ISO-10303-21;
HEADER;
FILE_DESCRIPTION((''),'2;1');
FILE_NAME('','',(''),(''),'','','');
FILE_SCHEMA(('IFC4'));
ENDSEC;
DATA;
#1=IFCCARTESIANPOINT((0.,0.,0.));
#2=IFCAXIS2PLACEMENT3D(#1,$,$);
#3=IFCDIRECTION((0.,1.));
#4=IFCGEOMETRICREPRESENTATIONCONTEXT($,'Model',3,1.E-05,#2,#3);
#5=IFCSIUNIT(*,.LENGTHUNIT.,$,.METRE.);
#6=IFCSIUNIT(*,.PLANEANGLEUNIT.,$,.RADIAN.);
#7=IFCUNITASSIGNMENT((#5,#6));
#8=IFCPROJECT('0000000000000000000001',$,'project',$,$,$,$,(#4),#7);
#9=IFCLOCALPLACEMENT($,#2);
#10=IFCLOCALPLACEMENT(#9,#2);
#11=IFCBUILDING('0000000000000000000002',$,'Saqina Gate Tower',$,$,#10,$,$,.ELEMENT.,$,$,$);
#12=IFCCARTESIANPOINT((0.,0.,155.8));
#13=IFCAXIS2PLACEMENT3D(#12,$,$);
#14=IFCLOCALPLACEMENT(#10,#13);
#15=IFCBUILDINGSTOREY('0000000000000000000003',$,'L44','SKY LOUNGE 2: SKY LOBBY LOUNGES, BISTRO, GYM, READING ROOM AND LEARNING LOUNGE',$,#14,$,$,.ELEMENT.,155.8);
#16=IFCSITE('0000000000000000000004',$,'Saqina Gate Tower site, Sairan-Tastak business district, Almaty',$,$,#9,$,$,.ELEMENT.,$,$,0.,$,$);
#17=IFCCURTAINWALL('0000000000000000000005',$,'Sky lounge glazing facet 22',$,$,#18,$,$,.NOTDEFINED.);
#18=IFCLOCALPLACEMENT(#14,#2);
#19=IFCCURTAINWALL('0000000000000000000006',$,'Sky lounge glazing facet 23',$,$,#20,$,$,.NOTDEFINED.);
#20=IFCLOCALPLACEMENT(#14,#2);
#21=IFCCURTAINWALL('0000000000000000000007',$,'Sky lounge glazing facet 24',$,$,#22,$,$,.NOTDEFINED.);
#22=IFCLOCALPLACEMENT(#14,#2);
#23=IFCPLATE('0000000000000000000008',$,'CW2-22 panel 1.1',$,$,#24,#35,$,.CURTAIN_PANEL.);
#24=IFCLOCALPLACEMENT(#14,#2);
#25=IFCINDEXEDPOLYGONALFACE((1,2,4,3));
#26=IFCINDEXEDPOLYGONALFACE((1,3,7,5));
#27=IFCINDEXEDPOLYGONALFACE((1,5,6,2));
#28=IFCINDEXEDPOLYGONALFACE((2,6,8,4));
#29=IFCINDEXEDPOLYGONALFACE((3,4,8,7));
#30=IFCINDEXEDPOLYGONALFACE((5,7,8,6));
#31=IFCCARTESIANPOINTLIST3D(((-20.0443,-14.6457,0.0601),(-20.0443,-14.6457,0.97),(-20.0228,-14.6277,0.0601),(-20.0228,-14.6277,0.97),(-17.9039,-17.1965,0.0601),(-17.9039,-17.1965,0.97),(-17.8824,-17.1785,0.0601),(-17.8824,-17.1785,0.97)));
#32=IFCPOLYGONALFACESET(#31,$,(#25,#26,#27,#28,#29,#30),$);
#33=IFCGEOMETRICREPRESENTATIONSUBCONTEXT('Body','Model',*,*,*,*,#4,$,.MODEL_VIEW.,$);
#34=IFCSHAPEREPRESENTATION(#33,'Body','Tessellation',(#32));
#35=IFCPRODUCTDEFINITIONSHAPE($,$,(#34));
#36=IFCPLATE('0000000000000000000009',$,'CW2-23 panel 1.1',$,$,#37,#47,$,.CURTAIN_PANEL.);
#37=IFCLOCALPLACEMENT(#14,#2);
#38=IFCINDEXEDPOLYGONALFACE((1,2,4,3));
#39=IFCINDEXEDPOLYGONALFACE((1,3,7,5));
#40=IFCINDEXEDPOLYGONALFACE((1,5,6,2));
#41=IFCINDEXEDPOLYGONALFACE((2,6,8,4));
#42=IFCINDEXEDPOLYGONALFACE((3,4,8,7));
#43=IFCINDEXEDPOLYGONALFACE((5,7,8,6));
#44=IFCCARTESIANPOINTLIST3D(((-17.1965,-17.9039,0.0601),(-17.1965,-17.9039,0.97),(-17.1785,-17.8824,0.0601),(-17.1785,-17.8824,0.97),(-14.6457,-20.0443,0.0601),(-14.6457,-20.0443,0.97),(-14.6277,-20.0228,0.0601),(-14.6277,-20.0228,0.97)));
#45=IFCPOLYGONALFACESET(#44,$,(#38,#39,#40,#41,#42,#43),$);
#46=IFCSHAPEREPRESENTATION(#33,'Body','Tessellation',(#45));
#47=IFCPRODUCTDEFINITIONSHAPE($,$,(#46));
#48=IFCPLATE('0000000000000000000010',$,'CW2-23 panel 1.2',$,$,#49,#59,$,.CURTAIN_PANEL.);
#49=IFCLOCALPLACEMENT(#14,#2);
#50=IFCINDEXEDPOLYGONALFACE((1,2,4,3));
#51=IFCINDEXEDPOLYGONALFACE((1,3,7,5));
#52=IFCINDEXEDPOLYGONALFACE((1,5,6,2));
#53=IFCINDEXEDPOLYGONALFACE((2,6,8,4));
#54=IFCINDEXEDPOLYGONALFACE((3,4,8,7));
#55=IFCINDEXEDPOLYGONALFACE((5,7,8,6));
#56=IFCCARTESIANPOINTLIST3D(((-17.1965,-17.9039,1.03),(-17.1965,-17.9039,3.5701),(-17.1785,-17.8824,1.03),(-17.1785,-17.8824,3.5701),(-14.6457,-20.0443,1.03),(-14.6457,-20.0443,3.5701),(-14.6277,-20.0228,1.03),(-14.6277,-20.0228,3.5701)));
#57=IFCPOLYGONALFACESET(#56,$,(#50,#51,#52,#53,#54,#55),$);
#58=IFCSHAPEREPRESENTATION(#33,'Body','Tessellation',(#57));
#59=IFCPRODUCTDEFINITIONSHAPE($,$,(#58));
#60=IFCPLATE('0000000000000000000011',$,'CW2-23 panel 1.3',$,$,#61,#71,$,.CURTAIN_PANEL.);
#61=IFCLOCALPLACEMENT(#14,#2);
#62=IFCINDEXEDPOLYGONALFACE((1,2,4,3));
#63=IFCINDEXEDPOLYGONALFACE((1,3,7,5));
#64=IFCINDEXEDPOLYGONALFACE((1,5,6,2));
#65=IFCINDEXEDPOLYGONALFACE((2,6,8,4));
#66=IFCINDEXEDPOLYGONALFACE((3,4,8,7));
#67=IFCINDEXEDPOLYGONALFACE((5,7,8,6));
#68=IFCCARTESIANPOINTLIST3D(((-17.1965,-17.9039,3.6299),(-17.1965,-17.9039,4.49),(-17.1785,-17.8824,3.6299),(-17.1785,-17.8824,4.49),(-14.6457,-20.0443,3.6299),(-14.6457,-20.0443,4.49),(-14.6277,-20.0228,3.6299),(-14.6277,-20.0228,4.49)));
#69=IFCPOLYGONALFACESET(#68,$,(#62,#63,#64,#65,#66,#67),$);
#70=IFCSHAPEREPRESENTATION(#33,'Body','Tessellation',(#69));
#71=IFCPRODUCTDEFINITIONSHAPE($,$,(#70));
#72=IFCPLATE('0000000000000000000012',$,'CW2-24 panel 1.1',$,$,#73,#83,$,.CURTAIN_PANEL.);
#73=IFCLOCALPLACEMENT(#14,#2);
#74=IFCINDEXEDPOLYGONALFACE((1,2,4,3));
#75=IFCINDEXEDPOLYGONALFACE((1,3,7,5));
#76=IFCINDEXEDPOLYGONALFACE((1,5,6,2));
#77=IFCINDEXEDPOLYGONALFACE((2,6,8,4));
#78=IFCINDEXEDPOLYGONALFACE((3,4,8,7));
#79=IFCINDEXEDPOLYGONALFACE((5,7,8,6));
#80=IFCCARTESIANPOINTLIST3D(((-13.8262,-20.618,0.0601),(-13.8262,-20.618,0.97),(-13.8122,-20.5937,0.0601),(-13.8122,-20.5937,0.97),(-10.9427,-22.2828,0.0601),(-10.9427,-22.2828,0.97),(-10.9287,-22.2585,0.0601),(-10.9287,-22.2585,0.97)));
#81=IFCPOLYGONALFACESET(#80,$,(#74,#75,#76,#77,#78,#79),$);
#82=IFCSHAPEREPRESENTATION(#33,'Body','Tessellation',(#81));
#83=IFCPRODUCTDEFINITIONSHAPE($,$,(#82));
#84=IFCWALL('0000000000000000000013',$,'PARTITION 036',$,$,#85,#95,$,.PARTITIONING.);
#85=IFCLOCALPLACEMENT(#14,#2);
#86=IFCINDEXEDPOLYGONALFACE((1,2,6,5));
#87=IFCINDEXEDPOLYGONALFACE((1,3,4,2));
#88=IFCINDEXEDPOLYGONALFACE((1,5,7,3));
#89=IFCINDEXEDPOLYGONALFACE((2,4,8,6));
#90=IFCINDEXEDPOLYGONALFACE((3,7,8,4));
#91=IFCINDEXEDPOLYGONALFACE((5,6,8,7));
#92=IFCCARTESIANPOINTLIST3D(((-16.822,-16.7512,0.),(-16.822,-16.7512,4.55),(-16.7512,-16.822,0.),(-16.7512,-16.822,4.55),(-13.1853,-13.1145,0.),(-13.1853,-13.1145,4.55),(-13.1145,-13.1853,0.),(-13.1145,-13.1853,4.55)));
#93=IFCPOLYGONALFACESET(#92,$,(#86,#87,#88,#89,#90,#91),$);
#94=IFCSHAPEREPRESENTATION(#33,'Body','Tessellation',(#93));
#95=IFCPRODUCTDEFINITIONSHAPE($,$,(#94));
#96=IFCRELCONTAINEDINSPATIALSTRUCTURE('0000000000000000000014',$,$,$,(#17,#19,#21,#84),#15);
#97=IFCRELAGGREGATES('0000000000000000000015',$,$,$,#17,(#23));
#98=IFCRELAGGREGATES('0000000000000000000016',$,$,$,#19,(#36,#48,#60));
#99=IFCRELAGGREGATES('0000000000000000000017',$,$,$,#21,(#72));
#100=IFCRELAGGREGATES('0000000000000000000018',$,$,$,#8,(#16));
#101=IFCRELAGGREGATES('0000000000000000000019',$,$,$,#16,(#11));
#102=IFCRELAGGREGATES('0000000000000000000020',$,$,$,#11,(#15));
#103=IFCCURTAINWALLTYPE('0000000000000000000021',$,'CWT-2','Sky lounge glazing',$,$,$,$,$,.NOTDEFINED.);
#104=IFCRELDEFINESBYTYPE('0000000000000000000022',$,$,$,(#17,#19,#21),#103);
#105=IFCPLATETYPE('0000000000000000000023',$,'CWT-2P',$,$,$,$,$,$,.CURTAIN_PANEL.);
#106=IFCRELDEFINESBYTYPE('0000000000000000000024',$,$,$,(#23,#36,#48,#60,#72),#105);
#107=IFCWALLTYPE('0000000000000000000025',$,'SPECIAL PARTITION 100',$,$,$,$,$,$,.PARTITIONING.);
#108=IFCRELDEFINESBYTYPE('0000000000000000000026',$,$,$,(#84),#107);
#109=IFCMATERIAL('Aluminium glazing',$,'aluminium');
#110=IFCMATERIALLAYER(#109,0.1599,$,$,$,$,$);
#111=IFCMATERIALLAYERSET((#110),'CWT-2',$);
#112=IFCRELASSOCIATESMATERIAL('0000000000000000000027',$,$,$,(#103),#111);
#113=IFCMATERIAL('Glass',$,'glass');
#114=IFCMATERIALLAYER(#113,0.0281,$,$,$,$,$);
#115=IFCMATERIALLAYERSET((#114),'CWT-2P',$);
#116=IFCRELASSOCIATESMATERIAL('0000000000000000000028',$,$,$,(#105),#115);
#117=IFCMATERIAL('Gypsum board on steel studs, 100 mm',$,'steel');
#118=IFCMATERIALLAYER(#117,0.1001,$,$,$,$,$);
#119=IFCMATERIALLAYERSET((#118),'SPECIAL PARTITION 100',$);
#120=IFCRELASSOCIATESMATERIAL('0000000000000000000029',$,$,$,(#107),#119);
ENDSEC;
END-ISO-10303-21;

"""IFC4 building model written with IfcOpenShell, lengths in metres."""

from ifc_helpers import new_model, si_unit, direction, frame, frame_2d, origin, origin_2d, place, context, subcontext, project, spatial, rectangle, extrude, material, layer, layer_set, type_object, element, aggregate, save


model = new_model("IFC4")

# Units and contexts
model_context = context("Model", 3, precision=1e-05, world=origin(), true_north=direction((0.0, 1.0)))
body_context = subcontext(model_context, "Body", "Model", "MODEL_VIEW")
ifc_project = project(units=[si_unit("LENGTHUNIT", "METRE"), si_unit("PLANEANGLEUNIT", "RADIAN")], contexts=[model_context])

# Site, building, storey
site_placement = place(None, origin())
site = spatial("IfcSite", under=ifc_project, at=site_placement, Name="Saqina Gate Tower site, Sairan-Tastak business district, Almaty", CompositionType="ELEMENT", RefElevation=0.0)
building_placement = place(site_placement, origin())
building = spatial("IfcBuilding", under=site, at=building_placement, Name="Saqina Gate Tower", CompositionType="ELEMENT")
storey_placement = place(building_placement, frame((0.0, 0.0, 155.8)))
storey = spatial("IfcBuildingStorey", under=building, at=storey_placement, Name="L44", Description="SKY LOUNGE 2: SKY LOBBY LOUNGES, BISTRO, GYM, READING ROOM AND LEARNING LOUNGE", CompositionType="ELEMENT", Elevation=155.8)

# Curtain wall
ifc_material_1 = material(Name="Aluminium glazing", Category="aluminium")
ifc_layer_1 = layer(ifc_material_1, 0.1599)
ifc_layer_set_1 = layer_set([ifc_layer_1], Name="CWT-2")
curtain_wall_type = type_object("IfcCurtainWallType", Name="CWT-2", Description="Sky lounge glazing", PredefinedType="NOTDEFINED", material=ifc_layer_set_1)
curtain_wall_1_placement = place(storey_placement, origin())
curtain_wall_1 = element("IfcCurtainWall", 1, at=curtain_wall_1_placement, inside=storey, type_object=curtain_wall_type, Name="Sky lounge glazing facet 22", PredefinedType="NOTDEFINED")

# Curtain wall
curtain_wall_2_placement = place(storey_placement, origin())
curtain_wall_2 = element("IfcCurtainWall", 2, at=curtain_wall_2_placement, inside=storey, type_object=curtain_wall_type, Name="Sky lounge glazing facet 23", PredefinedType="NOTDEFINED")

# Curtain wall
curtain_wall_3_placement = place(storey_placement, origin())
curtain_wall_3 = element("IfcCurtainWall", 3, at=curtain_wall_3_placement, inside=storey, type_object=curtain_wall_type, Name="Sky lounge glazing facet 24", PredefinedType="NOTDEFINED")

# Plates
ifc_material_2 = material(Name="Glass", Category="glass")
ifc_layer_2 = layer(ifc_material_2, 0.0281)
ifc_layer_set_2 = layer_set([ifc_layer_2], Name="CWT-2P")
plate_type = type_object("IfcPlateType", Name="CWT-2P", PredefinedType="CURTAIN_PANEL", material=ifc_layer_set_2)
plate_1_placement = place(storey_placement, frame((-18.9634, -15.9121, 0.0601), z_axis=(0.0, 0.0, 1.0), x_axis=(0.64279, -0.766043, 0.0)))
plate_1 = element("IfcPlate", 4, at=plate_1_placement, type_object=plate_type, Name="CW2-22 panel 1.1", PredefinedType="CURTAIN_PANEL", context=body_context, shape_type="SweptSolid", body=[
    extrude(rectangle(XDim=3.3298, YDim=0.0281, at=origin_2d()), origin(), (0.0, 0.0, 1.0), 0.9099),
])
aggregate(curtain_wall_1, [plate_1])
plate_2_placement = place(storey_placement, frame((-15.9121, -18.9634, 0.0601), z_axis=(0.0, 0.0, 1.0), x_axis=(0.766043, -0.64279, 0.0)))
plate_2 = element("IfcPlate", 5, at=plate_2_placement, type_object=plate_type, Name="CW2-23 panel 1.1", PredefinedType="CURTAIN_PANEL", context=body_context, shape_type="SweptSolid", body=[
    extrude(rectangle(XDim=3.3298, YDim=0.0281, at=origin_2d()), origin(), (0.0, 0.0, 1.0), 0.9099),
])
plate_3_placement = place(storey_placement, frame((-15.9121, -18.9634, 1.03), z_axis=(0.0, 0.0, 1.0), x_axis=(0.766043, -0.64279, 0.0)))
plate_3 = element("IfcPlate", 6, at=plate_3_placement, type_object=plate_type, Name="CW2-23 panel 1.2", PredefinedType="CURTAIN_PANEL", context=body_context, shape_type="SweptSolid", body=[
    extrude(rectangle(XDim=3.3298, YDim=0.0281, at=origin_2d()), origin(), (0.0, 0.0, 1.0), 2.54),
])
plate_4_placement = place(storey_placement, frame((-15.9121, -18.9634, 3.6299), z_axis=(0.0, 0.0, 1.0), x_axis=(0.766043, -0.64279, 0.0)))
plate_4 = element("IfcPlate", 7, at=plate_4_placement, type_object=plate_type, Name="CW2-23 panel 1.3", PredefinedType="CURTAIN_PANEL", context=body_context, shape_type="SweptSolid", body=[
    extrude(rectangle(XDim=3.3298, YDim=0.0281, at=origin_2d()), origin(), (0.0, 0.0, 1.0), 0.8601),
])
aggregate(curtain_wall_2, [plate_2, plate_3, plate_4])
plate_5_placement = place(storey_placement, frame((-12.3774, -21.4382, 0.0601), z_axis=(0.0, 0.0, 1.0), x_axis=(0.866017, -0.500014, 0.0)))
plate_5 = element("IfcPlate", 8, at=plate_5_placement, type_object=plate_type, Name="CW2-24 panel 1.1", PredefinedType="CURTAIN_PANEL", context=body_context, shape_type="SweptSolid", body=[
    extrude(rectangle(XDim=3.3296, YDim=0.0281, at=origin_2d()), origin(), (0.0, 0.0, 1.0), 0.9099),
])
aggregate(curtain_wall_3, [plate_5])

# Wall
ifc_material_3 = material(Name="Gypsum board on steel studs, 100 mm", Category="steel")
ifc_layer_3 = layer(ifc_material_3, 0.1001)
ifc_layer_set_3 = layer_set([ifc_layer_3], Name="SPECIAL PARTITION 100")
wall_type = type_object("IfcWallType", Name="SPECIAL PARTITION 100", PredefinedType="PARTITIONING", material=ifc_layer_set_3)
wall_placement = place(storey_placement, frame((-16.7866, -16.7866, 0.0), z_axis=(0.0, 0.0, 1.0), x_axis=(0.707107, 0.707107, 0.0)))
element("IfcWall", 9, at=wall_placement, inside=storey, type_object=wall_type, Name="PARTITION 036", PredefinedType="PARTITIONING", context=body_context, shape_type="SweptSolid", body=[
    extrude(rectangle(XDim=5.1431, YDim=0.1001, at=frame_2d((2.5715, 0.0))), origin(), (0.0, 0.0, 1.0), 4.55),
])

save(model, "model.ifc")
